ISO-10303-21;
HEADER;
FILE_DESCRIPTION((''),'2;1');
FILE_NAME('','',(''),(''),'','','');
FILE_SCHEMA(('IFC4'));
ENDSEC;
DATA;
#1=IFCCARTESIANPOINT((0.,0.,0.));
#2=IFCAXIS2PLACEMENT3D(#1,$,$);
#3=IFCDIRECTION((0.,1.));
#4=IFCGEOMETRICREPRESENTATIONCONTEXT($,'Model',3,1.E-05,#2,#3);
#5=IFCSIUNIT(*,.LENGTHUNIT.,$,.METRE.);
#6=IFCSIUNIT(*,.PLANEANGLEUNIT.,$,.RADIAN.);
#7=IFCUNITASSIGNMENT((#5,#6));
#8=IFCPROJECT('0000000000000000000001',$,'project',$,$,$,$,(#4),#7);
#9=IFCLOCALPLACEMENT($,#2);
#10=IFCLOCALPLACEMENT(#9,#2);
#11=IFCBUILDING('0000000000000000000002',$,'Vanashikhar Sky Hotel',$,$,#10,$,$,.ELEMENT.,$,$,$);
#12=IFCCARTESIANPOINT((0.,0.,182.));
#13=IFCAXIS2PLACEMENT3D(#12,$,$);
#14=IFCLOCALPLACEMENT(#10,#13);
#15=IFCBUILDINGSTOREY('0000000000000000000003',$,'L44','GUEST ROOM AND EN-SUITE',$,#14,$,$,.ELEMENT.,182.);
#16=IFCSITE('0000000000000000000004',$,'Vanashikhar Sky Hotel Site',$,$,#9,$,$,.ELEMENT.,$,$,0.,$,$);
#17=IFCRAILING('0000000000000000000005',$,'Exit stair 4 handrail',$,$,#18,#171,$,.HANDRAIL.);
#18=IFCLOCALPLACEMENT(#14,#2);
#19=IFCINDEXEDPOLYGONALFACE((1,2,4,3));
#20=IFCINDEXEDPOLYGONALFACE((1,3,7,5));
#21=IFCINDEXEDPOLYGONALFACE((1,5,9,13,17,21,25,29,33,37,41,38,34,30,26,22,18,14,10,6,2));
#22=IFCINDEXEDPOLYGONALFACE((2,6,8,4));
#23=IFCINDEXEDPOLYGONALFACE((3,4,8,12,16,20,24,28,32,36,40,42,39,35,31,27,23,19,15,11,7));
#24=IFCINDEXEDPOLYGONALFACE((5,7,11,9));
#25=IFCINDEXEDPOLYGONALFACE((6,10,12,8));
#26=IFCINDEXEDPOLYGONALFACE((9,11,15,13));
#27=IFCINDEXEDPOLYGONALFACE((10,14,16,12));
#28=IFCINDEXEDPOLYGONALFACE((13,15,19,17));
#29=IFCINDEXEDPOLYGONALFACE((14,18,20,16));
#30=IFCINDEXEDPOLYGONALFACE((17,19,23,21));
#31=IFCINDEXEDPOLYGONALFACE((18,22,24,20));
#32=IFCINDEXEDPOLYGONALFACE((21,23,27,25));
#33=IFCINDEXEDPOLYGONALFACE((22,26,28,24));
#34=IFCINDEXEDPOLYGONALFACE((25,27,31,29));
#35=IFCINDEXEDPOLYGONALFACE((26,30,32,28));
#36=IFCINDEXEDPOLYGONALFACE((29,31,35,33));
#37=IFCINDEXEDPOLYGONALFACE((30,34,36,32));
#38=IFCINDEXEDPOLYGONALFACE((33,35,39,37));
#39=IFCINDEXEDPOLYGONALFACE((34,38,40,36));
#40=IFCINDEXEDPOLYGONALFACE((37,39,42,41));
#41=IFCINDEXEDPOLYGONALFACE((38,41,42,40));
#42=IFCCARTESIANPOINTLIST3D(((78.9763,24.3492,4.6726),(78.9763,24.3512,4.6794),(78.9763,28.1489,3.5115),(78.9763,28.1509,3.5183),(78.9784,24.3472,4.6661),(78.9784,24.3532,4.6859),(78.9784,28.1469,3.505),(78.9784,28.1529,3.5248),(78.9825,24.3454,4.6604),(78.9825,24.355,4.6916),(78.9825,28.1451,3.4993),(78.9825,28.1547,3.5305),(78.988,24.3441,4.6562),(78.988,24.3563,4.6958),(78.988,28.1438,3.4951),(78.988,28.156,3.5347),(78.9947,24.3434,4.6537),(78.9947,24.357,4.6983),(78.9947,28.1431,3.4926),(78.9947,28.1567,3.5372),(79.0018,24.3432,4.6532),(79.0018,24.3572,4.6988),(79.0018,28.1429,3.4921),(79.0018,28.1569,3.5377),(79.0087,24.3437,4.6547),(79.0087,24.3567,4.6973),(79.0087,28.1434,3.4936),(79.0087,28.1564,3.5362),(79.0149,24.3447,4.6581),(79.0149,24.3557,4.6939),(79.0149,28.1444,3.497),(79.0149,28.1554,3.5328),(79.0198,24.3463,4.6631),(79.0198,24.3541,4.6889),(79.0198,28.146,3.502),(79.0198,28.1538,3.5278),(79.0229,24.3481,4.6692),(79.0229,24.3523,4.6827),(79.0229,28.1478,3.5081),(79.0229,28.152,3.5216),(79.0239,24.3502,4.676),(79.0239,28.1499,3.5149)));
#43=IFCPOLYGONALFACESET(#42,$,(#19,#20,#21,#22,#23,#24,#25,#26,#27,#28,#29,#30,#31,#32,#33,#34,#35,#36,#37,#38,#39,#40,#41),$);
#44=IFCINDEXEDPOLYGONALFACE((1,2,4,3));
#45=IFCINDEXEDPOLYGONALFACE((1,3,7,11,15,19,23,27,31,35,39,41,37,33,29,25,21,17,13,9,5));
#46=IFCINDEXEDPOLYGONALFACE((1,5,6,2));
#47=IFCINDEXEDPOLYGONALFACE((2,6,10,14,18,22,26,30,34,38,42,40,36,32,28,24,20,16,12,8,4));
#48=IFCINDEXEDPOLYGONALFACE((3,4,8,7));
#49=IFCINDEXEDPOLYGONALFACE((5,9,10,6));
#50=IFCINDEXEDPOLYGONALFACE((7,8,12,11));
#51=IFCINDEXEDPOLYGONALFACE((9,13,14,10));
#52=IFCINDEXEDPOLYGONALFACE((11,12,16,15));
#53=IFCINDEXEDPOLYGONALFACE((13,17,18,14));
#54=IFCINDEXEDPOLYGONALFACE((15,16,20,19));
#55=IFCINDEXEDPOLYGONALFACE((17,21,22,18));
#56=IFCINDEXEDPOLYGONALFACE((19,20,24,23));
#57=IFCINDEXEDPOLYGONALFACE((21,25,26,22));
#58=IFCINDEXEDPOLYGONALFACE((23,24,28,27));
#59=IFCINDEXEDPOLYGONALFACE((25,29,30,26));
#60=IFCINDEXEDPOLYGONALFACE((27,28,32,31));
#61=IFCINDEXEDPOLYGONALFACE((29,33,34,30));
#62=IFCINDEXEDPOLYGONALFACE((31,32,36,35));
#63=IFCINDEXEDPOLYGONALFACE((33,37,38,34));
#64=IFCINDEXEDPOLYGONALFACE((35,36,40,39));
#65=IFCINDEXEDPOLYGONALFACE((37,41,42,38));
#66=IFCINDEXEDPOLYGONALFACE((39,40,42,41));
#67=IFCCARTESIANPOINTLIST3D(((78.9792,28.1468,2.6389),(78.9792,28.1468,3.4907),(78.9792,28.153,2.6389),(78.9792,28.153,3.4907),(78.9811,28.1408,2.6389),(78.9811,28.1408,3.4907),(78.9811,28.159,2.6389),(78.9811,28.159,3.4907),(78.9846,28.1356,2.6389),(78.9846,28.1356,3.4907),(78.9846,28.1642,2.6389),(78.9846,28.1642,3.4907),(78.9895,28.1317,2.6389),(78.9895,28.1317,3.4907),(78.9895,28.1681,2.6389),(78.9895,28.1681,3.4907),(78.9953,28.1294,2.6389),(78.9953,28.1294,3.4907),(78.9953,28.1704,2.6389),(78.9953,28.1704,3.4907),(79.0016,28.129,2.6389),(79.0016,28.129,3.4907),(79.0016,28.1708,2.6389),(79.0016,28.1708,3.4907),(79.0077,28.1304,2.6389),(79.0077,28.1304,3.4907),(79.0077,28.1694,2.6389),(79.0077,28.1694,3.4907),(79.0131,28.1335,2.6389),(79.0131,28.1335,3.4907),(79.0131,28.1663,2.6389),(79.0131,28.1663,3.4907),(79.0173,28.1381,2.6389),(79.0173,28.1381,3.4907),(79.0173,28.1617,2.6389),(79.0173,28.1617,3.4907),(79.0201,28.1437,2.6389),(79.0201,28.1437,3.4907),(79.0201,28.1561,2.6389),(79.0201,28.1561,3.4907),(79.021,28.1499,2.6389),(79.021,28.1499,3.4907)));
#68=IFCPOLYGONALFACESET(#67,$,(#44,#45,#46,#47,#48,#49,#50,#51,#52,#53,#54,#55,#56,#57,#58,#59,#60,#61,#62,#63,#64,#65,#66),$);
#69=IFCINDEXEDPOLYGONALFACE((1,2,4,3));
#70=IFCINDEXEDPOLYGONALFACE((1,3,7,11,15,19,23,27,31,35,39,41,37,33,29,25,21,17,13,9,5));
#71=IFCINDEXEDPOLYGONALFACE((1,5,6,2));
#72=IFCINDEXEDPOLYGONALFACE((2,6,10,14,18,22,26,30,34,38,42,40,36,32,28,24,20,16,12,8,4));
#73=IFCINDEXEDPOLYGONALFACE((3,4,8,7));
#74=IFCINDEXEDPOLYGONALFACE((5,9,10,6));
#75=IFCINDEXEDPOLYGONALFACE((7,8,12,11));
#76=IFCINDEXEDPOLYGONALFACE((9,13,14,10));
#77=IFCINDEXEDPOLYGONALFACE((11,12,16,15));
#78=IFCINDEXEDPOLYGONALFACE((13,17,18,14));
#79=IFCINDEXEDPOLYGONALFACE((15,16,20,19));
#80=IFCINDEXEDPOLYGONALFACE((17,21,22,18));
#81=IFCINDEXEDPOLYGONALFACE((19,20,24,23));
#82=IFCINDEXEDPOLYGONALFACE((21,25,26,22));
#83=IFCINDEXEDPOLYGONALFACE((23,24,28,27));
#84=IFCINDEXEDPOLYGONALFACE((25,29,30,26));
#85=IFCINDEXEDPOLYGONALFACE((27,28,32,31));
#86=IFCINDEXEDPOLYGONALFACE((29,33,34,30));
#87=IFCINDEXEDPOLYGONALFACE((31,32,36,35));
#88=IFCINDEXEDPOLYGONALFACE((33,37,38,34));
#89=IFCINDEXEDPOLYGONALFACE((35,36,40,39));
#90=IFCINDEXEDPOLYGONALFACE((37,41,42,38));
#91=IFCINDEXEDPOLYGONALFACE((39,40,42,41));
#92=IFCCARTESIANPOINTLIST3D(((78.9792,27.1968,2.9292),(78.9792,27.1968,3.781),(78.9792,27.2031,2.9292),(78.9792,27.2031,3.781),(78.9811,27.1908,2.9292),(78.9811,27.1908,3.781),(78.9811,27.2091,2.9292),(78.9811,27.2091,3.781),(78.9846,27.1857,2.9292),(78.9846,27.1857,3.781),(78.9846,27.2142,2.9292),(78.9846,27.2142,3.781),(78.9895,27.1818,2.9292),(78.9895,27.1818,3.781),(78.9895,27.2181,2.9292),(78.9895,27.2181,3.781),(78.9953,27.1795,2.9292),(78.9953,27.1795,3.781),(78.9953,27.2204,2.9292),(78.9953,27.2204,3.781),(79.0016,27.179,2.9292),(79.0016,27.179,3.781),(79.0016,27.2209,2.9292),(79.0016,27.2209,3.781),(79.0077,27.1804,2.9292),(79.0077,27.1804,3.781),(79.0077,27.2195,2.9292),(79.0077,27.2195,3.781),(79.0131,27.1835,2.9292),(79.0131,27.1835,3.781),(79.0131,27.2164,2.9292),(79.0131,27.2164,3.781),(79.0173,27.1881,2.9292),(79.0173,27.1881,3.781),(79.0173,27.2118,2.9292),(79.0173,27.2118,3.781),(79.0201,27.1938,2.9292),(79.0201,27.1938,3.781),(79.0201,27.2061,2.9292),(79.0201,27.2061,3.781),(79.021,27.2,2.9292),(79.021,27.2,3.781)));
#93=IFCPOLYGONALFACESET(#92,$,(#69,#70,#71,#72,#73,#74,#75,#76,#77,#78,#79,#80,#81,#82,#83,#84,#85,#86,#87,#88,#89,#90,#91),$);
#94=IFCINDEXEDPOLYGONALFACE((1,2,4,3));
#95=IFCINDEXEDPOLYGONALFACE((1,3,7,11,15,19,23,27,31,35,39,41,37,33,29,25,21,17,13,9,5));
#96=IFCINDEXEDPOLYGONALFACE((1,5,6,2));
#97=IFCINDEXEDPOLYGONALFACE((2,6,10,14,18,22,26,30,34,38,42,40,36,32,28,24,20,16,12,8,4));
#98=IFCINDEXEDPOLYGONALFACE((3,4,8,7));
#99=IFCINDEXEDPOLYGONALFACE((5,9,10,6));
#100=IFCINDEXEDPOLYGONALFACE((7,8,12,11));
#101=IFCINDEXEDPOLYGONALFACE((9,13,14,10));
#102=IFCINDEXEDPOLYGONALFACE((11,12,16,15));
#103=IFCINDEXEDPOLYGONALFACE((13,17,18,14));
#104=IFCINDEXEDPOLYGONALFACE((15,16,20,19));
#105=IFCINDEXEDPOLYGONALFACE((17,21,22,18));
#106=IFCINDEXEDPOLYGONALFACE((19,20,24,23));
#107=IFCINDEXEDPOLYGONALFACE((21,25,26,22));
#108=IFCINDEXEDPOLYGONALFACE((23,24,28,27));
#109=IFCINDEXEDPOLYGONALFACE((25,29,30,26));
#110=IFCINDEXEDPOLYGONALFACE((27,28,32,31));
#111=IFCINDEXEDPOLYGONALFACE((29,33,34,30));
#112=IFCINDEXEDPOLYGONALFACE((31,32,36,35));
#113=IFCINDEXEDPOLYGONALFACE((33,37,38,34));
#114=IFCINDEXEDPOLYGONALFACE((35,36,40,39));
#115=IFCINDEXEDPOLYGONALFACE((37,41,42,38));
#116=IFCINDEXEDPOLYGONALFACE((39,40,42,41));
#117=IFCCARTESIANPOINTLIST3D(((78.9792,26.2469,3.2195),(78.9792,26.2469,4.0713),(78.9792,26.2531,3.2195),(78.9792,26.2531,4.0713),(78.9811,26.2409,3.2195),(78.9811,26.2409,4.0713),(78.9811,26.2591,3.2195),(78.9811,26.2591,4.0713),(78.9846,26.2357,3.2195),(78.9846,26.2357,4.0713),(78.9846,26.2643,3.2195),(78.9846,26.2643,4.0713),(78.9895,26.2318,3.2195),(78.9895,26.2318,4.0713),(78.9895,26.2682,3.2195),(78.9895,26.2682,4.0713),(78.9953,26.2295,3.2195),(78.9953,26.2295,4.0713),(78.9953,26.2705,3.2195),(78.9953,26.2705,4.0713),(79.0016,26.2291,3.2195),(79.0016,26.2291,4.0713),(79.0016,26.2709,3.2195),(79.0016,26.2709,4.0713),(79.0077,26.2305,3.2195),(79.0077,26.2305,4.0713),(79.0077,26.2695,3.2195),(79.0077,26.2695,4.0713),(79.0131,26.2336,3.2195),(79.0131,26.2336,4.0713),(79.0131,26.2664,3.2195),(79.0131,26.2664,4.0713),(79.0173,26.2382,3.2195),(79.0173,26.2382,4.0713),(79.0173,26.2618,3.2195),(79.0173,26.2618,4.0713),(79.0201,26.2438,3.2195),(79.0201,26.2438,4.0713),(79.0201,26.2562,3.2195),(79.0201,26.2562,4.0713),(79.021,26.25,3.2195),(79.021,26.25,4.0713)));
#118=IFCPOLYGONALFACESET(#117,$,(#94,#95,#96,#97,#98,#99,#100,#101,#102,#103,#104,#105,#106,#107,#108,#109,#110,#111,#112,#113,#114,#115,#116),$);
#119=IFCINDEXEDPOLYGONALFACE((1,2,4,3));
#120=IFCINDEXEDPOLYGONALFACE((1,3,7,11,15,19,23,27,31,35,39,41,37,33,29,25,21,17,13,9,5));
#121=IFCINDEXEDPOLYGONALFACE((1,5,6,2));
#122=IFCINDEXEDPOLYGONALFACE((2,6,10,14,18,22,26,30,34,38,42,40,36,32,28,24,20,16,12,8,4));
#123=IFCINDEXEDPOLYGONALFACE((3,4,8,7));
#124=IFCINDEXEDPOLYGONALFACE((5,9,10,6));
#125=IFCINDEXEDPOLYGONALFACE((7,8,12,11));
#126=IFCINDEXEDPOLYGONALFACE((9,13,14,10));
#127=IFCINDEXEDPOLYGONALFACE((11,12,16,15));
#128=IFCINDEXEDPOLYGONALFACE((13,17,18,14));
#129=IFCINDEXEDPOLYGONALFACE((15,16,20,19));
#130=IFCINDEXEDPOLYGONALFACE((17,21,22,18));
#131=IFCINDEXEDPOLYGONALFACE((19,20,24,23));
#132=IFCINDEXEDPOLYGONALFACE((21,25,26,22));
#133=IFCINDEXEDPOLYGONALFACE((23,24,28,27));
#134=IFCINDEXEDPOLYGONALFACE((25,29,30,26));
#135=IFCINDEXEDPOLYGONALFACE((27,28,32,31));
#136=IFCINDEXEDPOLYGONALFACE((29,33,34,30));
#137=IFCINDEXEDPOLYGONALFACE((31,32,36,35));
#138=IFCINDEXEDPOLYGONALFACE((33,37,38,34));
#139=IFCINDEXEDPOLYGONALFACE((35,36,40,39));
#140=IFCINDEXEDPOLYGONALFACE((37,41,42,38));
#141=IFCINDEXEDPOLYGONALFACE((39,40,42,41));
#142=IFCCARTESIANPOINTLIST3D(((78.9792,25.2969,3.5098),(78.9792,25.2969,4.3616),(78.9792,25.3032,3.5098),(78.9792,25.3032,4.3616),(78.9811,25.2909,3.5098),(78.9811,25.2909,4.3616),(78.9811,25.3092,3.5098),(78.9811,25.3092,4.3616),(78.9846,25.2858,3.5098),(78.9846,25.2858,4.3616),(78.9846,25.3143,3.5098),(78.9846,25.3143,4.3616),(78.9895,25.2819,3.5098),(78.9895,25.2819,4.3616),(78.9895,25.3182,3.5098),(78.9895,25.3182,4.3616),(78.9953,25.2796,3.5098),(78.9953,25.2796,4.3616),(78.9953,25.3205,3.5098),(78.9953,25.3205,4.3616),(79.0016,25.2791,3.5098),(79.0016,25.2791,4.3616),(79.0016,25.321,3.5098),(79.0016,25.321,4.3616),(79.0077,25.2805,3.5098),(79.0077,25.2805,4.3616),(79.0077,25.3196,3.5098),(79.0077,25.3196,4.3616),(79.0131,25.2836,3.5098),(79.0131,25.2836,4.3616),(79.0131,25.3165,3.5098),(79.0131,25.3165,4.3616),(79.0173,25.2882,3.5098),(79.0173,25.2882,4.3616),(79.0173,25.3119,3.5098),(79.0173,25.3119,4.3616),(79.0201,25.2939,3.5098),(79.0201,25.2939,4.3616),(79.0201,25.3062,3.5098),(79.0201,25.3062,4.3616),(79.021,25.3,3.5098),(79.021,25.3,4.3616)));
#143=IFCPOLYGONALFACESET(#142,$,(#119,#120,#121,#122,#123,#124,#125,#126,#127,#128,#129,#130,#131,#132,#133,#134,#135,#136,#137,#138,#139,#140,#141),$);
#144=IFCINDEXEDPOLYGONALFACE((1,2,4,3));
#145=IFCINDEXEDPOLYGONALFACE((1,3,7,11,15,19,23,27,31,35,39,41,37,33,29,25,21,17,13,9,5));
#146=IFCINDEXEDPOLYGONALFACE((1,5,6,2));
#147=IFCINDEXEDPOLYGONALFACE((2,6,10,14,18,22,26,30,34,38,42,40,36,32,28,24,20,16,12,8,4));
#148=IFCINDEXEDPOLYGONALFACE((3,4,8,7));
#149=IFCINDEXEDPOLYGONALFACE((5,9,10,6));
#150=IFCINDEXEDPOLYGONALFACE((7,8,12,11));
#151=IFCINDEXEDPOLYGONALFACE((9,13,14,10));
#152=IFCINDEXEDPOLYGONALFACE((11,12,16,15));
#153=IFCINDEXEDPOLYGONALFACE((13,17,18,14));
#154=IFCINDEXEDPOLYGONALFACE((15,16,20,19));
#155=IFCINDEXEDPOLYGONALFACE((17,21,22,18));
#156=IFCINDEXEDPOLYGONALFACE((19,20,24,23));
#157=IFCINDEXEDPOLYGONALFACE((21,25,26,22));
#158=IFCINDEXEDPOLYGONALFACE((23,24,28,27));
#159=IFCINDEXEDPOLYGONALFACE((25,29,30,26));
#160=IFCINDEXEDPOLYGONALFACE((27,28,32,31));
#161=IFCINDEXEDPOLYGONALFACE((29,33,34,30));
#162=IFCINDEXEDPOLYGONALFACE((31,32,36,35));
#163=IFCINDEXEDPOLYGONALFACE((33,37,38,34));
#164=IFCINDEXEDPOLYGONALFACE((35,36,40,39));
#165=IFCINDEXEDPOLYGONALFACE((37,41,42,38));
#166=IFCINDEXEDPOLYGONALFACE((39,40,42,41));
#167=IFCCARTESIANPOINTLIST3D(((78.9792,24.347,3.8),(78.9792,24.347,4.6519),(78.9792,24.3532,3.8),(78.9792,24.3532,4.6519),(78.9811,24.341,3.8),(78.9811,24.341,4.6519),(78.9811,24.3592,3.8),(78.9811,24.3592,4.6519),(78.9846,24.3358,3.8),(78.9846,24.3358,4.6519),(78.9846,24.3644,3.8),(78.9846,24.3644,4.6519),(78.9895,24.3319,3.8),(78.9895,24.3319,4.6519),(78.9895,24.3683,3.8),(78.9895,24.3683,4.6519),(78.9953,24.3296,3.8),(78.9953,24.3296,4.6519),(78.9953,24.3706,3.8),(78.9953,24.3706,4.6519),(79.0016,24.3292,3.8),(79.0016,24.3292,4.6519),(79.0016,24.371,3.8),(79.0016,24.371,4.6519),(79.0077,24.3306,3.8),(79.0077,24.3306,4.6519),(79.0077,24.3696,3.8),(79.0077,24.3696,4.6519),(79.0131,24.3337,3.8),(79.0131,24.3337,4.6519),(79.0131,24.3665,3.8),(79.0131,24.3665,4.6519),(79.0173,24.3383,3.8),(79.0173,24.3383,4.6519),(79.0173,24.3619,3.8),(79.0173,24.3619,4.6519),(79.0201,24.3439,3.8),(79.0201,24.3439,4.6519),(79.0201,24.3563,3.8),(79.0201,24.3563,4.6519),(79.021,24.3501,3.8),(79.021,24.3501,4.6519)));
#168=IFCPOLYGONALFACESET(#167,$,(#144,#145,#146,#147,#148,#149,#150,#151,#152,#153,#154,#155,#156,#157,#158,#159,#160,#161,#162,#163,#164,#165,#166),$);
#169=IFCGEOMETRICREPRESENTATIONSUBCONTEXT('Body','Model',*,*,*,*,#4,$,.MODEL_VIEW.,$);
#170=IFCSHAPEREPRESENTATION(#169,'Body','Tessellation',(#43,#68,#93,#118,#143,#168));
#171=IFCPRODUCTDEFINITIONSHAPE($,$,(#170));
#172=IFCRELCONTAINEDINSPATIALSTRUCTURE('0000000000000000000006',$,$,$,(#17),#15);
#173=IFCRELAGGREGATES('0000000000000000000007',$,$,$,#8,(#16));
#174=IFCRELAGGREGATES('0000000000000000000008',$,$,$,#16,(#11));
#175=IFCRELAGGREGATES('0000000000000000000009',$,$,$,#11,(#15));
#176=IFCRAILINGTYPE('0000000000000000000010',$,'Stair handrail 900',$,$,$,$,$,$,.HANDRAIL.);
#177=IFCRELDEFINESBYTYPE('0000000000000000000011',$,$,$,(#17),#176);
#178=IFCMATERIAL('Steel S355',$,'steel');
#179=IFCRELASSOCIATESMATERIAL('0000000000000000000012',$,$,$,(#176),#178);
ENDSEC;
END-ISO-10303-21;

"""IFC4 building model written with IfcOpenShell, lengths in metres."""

from ifc_helpers import new_model, si_unit, direction, frame, origin, origin_2d, place, context, subcontext, project, spatial, circle, extrude, source, transform, mapped, material, type_object, element, save


model = new_model("IFC4")

# Units and contexts
model_context = context("Model", 3, precision=1e-05, world=origin(), true_north=direction((0.0, 1.0)))
body_context = subcontext(model_context, "Body", "Model", "MODEL_VIEW")
ifc_project = project(units=[si_unit("LENGTHUNIT", "METRE"), si_unit("PLANEANGLEUNIT", "RADIAN")], contexts=[model_context])

# Site, building, storey
site_placement = place(None, origin())
site = spatial("IfcSite", under=ifc_project, at=site_placement, Name="Vanashikhar Sky Hotel Site", CompositionType="ELEMENT", RefElevation=0.0)
building_placement = place(site_placement, origin())
building = spatial("IfcBuilding", under=site, at=building_placement, Name="Vanashikhar Sky Hotel", CompositionType="ELEMENT")
storey_placement = place(building_placement, frame((0.0, 0.0, 182.0)))
storey = spatial("IfcBuildingStorey", under=building, at=storey_placement, Name="L44", Description="GUEST ROOM AND EN-SUITE", CompositionType="ELEMENT", Elevation=182.0)

# Railing
ifc_material_1 = material(Name="Steel S355", Category="steel")
railing_type_1 = type_object("IfcRailingType", Name="Stair handrail 900", PredefinedType="HANDRAIL", material=ifc_material_1)
shared_shape_1 = source(origin(), body_context, "Body", "SweptSolid", [
    extrude(circle(Radius=0.0239, at=origin_2d()), frame((0.0, 0.0, 0.876), z_axis=(0.0, -0.956346, 0.292237), x_axis=(1.0, 0.0, 0.0)), (0.0, 0.0, 1.0), 3.9731),
    extrude(circle(Radius=0.021, at=origin_2d()), origin(), (0.0, 0.0, 1.0), 0.8518),
    extrude(circle(Radius=0.021, at=origin_2d()), frame((0.0, -0.95, 0.2903)), (0.0, 0.0, 1.0), 0.8518),
    extrude(circle(Radius=0.021, at=origin_2d()), frame((0.0, -1.8999, 0.5806)), (0.0, 0.0, 1.0), 0.8518),
    extrude(circle(Radius=0.021, at=origin_2d()), frame((0.0, -2.8499, 0.8708)), (0.0, 0.0, 1.0), 0.8518),
    extrude(circle(Radius=0.021, at=origin_2d()), frame((0.0, -3.7998, 1.1611)), (0.0, 0.0, 1.0), 0.8518),
])
for number, where, name in (
    (1, (79.0, 28.1499, 2.6389), "Exit stair 4 handrail"),
):
    element("IfcRailing", number, at=place(storey_placement, frame(where)), inside=storey, type_object=railing_type_1, Name=name, PredefinedType="HANDRAIL", context=body_context, shape_type="MappedRepresentation", body=[
        mapped(shared_shape_1, transform((0.0, 0.0, 0.0), scale=1.0)),
    ])

save(model, "model.ifc")
